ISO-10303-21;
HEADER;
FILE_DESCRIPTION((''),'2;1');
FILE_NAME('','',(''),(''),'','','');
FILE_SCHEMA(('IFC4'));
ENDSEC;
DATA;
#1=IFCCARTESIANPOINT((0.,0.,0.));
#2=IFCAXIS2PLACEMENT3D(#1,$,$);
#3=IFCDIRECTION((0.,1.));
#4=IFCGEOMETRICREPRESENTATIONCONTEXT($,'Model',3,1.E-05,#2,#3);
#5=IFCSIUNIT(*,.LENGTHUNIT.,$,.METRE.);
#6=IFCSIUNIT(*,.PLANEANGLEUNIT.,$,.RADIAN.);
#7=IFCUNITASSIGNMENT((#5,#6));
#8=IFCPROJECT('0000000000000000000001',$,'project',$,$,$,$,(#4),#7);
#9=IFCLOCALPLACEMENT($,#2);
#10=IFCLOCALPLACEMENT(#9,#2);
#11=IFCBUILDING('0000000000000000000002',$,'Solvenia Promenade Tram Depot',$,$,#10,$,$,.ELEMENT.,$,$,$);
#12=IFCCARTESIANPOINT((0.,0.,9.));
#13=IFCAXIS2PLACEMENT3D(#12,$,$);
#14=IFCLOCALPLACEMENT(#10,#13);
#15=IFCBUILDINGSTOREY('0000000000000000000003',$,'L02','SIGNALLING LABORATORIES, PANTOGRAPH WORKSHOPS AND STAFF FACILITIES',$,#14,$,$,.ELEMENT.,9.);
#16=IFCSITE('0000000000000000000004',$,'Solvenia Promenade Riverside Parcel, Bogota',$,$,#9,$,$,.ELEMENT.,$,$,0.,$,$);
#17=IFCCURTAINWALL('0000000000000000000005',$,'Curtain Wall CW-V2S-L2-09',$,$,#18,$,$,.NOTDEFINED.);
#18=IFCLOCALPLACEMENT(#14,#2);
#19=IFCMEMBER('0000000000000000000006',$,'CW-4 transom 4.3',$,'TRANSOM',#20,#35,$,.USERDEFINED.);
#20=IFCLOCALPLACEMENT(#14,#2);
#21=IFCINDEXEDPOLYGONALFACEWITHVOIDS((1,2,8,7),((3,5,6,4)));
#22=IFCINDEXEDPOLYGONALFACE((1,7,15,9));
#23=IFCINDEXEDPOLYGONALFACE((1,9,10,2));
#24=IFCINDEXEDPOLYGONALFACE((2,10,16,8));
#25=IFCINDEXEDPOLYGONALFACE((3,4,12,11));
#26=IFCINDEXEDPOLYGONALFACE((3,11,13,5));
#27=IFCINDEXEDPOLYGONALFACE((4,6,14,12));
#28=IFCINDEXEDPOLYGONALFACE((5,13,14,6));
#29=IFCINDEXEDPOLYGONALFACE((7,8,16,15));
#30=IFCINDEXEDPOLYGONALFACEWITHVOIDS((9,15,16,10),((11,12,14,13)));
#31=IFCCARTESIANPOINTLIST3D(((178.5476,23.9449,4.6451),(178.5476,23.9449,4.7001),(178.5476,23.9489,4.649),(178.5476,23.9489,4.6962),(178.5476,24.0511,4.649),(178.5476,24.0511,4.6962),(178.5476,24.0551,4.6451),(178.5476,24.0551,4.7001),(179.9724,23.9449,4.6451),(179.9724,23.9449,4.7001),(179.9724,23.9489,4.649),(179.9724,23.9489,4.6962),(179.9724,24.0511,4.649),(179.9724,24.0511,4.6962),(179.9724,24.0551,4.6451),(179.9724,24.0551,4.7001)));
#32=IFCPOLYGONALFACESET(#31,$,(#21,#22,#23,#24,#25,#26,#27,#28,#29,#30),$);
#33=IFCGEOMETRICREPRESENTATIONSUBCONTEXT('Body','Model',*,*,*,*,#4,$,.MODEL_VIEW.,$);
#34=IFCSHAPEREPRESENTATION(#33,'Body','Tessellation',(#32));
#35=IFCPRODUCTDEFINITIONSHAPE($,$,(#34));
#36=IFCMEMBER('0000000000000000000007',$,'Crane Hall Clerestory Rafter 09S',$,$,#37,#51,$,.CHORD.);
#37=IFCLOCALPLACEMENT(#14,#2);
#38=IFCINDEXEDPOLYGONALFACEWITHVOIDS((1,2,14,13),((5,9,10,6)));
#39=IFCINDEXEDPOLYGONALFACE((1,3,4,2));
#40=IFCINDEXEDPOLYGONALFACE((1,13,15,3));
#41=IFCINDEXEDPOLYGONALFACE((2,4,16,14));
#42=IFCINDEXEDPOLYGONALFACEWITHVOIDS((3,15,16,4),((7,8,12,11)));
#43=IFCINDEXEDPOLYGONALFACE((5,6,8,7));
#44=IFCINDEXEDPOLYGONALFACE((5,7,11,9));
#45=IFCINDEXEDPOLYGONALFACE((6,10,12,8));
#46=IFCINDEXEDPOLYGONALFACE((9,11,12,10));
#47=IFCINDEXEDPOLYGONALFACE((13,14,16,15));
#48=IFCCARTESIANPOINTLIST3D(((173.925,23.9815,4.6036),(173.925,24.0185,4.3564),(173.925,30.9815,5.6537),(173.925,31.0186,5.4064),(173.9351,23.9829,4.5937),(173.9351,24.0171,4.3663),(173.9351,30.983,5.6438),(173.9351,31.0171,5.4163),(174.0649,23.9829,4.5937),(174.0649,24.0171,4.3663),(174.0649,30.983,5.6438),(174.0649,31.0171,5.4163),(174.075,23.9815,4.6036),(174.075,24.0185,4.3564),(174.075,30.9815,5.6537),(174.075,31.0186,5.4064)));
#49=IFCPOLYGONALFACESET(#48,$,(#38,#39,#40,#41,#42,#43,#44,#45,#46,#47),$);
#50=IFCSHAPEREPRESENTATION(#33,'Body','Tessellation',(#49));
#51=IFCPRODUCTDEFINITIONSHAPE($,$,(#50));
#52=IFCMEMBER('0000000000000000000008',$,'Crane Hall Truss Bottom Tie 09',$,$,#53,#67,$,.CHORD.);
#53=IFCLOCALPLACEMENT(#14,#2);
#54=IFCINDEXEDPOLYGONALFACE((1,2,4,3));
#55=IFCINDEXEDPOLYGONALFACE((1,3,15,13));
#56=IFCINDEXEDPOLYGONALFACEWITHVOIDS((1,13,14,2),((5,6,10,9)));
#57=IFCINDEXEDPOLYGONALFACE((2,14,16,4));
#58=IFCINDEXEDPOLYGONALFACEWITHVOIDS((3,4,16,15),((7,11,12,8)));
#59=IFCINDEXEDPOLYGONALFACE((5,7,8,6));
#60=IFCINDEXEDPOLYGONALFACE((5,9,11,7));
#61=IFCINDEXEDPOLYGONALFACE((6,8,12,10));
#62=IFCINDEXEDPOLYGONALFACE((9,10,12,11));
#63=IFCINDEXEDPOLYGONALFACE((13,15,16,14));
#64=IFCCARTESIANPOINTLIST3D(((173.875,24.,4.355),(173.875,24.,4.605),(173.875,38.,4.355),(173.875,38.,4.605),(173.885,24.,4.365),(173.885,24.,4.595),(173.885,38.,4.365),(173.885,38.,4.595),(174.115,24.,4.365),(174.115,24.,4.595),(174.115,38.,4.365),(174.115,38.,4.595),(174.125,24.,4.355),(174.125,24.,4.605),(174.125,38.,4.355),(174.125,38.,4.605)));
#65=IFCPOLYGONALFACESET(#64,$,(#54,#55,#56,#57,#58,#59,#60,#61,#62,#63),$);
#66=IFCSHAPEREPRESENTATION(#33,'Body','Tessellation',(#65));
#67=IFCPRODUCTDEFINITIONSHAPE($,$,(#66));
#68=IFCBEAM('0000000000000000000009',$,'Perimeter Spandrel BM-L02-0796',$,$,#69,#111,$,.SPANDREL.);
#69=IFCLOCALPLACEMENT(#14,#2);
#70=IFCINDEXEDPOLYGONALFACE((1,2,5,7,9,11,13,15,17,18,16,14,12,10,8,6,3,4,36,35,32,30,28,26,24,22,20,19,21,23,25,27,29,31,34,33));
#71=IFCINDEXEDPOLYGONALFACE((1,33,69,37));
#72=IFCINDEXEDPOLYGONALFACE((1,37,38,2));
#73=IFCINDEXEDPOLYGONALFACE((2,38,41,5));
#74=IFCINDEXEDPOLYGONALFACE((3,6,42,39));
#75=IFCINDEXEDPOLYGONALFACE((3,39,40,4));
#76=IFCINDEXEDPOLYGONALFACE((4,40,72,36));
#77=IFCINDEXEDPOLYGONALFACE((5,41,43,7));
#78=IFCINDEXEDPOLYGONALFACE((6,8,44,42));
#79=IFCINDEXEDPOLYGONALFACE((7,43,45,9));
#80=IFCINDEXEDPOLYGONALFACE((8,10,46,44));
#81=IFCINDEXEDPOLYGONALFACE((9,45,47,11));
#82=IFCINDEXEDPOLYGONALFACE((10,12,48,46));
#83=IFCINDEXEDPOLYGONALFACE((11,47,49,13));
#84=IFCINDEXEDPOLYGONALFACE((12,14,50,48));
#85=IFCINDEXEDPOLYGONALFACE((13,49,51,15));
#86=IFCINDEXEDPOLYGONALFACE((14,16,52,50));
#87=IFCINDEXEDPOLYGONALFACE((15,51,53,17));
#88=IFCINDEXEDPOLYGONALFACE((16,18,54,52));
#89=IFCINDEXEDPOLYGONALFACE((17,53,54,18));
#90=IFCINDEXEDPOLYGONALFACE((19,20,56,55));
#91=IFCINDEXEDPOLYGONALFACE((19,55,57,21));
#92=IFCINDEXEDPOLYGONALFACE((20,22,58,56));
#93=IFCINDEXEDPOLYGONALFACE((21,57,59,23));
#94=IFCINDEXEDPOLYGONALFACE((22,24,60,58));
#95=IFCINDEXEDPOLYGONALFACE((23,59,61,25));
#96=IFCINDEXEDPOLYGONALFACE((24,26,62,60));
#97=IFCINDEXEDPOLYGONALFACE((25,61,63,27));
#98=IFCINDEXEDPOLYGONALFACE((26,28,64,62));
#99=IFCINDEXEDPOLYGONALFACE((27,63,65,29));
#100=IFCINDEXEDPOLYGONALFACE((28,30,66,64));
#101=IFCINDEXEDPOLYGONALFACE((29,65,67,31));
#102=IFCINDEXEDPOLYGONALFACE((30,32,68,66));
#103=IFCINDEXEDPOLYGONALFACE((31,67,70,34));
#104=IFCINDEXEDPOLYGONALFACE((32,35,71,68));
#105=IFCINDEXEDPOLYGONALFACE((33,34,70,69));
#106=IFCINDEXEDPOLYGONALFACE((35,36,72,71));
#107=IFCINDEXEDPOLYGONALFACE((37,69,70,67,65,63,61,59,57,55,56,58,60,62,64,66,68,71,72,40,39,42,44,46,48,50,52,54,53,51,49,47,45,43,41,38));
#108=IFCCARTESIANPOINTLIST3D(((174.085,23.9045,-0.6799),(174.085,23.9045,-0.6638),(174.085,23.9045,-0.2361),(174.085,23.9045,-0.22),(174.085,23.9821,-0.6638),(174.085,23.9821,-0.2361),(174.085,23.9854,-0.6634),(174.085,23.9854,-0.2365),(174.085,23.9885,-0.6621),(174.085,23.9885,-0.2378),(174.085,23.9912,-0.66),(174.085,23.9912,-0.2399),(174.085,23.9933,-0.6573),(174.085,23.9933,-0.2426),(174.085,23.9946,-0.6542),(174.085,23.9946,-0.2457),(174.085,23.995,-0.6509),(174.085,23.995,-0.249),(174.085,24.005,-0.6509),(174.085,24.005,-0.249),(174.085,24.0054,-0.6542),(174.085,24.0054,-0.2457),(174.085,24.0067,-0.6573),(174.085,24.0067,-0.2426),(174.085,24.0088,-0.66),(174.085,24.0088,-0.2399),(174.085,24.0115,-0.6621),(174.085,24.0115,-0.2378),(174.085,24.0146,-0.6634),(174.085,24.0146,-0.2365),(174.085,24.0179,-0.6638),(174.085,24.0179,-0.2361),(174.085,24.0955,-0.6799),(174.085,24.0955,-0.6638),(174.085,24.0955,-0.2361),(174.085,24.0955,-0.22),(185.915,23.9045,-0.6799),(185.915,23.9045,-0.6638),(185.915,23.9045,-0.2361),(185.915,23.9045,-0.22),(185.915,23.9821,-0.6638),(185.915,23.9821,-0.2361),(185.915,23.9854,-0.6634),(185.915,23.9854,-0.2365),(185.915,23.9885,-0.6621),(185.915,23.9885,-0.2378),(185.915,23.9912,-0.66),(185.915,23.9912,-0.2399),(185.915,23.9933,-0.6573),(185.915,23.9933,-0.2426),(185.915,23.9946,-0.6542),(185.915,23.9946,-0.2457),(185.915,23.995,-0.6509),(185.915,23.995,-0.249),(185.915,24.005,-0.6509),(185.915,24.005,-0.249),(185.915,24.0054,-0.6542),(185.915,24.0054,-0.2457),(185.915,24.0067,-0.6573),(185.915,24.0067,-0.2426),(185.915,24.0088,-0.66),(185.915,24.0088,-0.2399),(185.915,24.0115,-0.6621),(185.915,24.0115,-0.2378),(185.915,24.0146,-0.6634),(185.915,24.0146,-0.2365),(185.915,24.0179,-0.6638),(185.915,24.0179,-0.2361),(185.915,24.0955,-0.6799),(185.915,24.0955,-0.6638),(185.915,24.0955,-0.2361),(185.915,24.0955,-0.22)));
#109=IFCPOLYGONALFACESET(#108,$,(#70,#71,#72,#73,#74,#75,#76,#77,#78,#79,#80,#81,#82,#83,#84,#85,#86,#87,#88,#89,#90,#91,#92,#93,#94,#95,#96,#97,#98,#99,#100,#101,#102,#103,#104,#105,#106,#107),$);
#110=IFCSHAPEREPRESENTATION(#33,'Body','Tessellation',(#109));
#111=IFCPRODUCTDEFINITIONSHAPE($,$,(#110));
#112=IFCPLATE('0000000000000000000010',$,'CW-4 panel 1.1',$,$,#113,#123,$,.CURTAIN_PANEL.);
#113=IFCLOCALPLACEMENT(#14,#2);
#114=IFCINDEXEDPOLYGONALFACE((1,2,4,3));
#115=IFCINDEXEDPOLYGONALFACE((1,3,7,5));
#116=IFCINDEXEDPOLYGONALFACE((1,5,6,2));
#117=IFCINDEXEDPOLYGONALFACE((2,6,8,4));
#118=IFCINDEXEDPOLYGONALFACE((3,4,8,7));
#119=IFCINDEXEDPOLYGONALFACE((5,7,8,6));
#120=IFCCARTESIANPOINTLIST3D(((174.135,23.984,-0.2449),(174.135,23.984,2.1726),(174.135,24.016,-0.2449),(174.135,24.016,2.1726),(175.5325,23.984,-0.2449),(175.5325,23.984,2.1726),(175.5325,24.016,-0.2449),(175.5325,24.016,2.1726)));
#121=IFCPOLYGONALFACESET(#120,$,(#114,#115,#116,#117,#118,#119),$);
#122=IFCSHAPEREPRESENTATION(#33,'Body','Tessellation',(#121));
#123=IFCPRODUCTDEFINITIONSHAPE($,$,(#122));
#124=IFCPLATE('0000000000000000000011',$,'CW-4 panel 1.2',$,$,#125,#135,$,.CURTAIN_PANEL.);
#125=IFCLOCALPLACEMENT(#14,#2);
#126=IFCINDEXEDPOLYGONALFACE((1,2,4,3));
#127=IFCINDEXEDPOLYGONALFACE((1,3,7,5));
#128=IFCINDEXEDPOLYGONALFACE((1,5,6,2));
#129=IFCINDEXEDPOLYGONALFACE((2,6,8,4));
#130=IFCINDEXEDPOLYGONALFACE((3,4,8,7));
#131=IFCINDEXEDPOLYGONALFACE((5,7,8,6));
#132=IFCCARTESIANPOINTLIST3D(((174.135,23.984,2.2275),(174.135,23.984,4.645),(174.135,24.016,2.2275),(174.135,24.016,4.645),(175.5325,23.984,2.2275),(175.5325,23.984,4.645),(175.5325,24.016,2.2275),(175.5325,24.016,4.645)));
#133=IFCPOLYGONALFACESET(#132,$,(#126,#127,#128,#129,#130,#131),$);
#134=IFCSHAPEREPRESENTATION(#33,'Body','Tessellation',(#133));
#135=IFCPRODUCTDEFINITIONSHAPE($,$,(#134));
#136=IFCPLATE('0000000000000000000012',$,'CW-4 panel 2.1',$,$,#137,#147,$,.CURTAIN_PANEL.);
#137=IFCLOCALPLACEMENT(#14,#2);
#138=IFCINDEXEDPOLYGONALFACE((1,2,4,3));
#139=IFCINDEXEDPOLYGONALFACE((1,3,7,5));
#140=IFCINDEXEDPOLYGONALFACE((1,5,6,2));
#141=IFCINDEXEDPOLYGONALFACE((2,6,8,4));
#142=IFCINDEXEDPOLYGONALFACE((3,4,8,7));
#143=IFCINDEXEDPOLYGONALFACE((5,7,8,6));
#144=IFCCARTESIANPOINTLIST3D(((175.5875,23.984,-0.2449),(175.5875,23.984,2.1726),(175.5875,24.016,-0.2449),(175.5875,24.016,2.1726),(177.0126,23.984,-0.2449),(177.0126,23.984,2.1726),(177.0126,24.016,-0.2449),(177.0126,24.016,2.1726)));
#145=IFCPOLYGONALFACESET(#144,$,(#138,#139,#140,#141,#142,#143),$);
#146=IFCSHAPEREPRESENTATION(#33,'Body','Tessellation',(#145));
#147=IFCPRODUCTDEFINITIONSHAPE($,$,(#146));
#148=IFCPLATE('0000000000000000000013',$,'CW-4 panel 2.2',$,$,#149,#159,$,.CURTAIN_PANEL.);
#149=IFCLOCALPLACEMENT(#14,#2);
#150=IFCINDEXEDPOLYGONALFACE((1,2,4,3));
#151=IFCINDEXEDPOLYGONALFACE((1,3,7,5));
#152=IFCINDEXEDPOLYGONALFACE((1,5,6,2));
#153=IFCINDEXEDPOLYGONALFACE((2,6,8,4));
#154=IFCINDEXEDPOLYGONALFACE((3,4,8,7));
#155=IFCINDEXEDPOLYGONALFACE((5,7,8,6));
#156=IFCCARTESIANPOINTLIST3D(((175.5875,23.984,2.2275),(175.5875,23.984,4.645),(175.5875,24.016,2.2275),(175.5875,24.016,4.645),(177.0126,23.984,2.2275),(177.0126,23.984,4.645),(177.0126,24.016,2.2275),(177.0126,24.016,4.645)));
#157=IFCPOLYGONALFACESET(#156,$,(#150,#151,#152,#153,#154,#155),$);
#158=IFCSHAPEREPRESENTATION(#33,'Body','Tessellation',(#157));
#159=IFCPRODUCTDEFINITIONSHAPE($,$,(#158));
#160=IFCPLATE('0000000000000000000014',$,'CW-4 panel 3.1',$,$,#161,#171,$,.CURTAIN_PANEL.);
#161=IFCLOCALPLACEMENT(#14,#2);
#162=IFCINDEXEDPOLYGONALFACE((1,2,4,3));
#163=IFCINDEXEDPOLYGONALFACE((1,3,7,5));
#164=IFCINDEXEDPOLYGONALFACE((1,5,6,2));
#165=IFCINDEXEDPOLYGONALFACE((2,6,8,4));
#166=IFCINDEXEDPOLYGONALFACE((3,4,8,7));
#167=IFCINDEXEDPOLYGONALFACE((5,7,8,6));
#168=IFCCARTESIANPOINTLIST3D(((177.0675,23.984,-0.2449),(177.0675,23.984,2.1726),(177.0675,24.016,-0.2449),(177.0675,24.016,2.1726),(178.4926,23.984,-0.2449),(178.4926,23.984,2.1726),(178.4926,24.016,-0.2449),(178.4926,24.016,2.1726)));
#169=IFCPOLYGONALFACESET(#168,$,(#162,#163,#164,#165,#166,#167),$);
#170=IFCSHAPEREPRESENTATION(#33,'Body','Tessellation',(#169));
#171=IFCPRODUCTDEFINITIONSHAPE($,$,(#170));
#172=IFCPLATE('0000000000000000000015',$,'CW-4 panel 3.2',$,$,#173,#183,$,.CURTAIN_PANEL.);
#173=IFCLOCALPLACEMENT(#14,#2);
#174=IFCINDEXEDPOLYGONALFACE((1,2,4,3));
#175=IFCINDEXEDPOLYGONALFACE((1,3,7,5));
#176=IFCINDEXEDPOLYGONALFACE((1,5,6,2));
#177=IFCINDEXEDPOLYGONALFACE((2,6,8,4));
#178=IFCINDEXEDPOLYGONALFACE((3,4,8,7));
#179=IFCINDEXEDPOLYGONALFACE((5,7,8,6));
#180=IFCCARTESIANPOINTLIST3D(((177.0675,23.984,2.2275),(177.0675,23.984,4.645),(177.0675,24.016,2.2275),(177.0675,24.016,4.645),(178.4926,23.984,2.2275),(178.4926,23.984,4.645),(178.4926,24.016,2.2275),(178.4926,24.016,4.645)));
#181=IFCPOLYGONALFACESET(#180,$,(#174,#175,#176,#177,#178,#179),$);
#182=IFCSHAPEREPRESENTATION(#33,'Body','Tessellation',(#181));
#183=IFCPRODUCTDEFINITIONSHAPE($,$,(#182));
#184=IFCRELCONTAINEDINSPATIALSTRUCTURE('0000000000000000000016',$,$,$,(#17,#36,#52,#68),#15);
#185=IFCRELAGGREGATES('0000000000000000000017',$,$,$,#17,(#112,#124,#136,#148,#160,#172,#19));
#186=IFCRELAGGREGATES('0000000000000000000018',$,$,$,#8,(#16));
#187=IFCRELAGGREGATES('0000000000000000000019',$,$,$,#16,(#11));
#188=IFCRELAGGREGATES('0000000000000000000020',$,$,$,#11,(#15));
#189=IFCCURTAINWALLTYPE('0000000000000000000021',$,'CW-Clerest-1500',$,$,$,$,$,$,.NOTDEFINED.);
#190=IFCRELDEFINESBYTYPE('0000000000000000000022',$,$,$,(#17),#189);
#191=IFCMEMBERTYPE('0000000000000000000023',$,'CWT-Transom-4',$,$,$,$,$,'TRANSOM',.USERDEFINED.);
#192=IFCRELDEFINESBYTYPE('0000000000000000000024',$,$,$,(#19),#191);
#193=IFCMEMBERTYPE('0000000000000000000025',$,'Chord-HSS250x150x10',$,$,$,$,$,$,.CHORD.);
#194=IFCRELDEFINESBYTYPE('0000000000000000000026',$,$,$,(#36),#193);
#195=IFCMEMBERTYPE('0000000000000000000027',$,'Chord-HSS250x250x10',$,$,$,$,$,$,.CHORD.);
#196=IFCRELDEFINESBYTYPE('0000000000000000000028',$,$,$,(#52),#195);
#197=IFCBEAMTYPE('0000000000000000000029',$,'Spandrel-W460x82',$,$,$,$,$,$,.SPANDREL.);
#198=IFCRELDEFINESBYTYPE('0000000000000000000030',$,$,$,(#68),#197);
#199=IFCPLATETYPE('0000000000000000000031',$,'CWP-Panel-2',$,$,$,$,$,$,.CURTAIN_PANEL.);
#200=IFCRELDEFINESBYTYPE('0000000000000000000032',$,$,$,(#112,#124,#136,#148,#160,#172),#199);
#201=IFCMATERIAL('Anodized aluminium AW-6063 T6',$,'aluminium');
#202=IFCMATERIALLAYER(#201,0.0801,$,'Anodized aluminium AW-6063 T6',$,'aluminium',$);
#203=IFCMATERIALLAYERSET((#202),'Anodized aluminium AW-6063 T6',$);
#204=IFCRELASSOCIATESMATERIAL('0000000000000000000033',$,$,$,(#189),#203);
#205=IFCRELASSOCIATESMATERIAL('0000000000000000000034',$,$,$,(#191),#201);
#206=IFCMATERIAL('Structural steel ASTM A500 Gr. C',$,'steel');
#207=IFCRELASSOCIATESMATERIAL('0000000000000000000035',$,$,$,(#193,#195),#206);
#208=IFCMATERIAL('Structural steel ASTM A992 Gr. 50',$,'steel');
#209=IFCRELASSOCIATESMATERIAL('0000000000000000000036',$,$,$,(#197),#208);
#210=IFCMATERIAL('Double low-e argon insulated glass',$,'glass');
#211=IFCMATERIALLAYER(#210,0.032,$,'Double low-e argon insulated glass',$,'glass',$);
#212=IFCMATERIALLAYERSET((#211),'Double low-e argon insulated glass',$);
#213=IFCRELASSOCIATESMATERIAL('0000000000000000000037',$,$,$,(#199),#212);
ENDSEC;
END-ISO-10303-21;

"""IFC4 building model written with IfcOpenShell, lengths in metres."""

from ifc_helpers import new_model, si_unit, direction, frame, origin, origin_2d, place, context, subcontext, project, spatial, rectangle, hollow_rectangle, i_section, extrude, material, layer, layer_set, material_profile, profile_set, type_object, element, aggregate, save


model = new_model("IFC4")

# Units and contexts
model_context = context("Model", 3, precision=1e-05, world=origin(), true_north=direction((0.0, 1.0)))
body_context = subcontext(model_context, "Body", "Model", "MODEL_VIEW")
ifc_project = project(units=[si_unit("LENGTHUNIT", "METRE"), si_unit("PLANEANGLEUNIT", "RADIAN")], contexts=[model_context])

# Site, building, storey
site_placement = place(None, origin())
site = spatial("IfcSite", under=ifc_project, at=site_placement, Name="Solvenia Promenade Riverside Parcel, Bogota", CompositionType="ELEMENT", RefElevation=0.0)
building_placement = place(site_placement, origin())
building = spatial("IfcBuilding", under=site, at=building_placement, Name="Solvenia Promenade Tram Depot", CompositionType="ELEMENT")
storey_placement = place(building_placement, frame((0.0, 0.0, 9.0)))
storey = spatial("IfcBuildingStorey", under=building, at=storey_placement, Name="L02", Description="SIGNALLING LABORATORIES, PANTOGRAPH WORKSHOPS AND STAFF FACILITIES", CompositionType="ELEMENT", Elevation=9.0)

# Shared definitions
ifc_material_1 = material(Name="Structural steel ASTM A992 Gr. 50", Category="steel")

# Shared definitions
ifc_material_2 = material(Name="Structural steel ASTM A500 Gr. C", Category="steel")

# Shared definitions
ifc_material_3 = material(Name="Anodized aluminium AW-6063 T6", Category="aluminium")
ifc_layer_1 = layer(ifc_material_3, 0.0801, Name="Anodized aluminium AW-6063 T6", Category="aluminium")
ifc_layer_set_1 = layer_set([ifc_layer_1], Name="Anodized aluminium AW-6063 T6")
curtain_wall_type = type_object("IfcCurtainWallType", Name="CW-Clerest-1500", PredefinedType="NOTDEFINED", material=ifc_layer_set_1)

# Curtain wall, member
curtain_wall_1_placement = place(storey_placement, origin())
curtain_wall_1 = element("IfcCurtainWall", 1, at=curtain_wall_1_placement, inside=storey, type_object=curtain_wall_type, Name="Curtain Wall CW-V2S-L2-09", PredefinedType="NOTDEFINED")
ifc_material_profile_1 = material_profile(ifc_material_3, hollow_rectangle(XDim=0.1101, YDim=0.0549, WallThickness=0.0039, at=origin_2d()), Name="ALU-T4", Category="aluminium")
ifc_profile_set_1 = profile_set([ifc_material_profile_1], Name="Anodized aluminium AW-6063 T6")
member_type_1 = type_object("IfcMemberType", Name="CWT-Transom-4", ElementType="TRANSOM", PredefinedType="USERDEFINED", material=ifc_profile_set_1)
member_1_placement = place(storey_placement, frame((178.5476, 24.0, 4.6726), z_axis=(1.0, 0.0, 0.0), x_axis=(0.0, 1.0, 0.0)))
member_1 = element("IfcMember", 2, at=member_1_placement, type_object=member_type_1, Name="CW-4 transom 4.3", ObjectType="TRANSOM", PredefinedType="USERDEFINED", context=body_context, shape_type="SweptSolid", body=[
    extrude(hollow_rectangle(XDim=0.1101, YDim=0.0549, WallThickness=0.0039, at=origin_2d()), origin(), (0.0, 0.0, 1.0), 1.4248),
])

# Members
ifc_material_profile_2 = material_profile(ifc_material_2, hollow_rectangle(XDim=0.1499, YDim=0.25, WallThickness=0.01, at=origin_2d()), Name="HSS250x150x10", Category="steel")
ifc_profile_set_2 = profile_set([ifc_material_profile_2], Name="Structural steel ASTM A500 Gr. C")
member_type_2 = type_object("IfcMemberType", Name="Chord-HSS250x150x10", PredefinedType="CHORD", material=ifc_profile_set_2)
member_2_placement = place(storey_placement, frame((174.0, 24.0, 4.48), z_axis=(0.0, 0.988935, 0.148347), x_axis=(-1.0, 0.0, 0.0)))
element("IfcMember", 3, at=member_2_placement, inside=storey, type_object=member_type_2, Name="Crane Hall Clerestory Rafter 09S", PredefinedType="CHORD", context=body_context, shape_type="SweptSolid", body=[
    extrude(hollow_rectangle(XDim=0.1499, YDim=0.25, WallThickness=0.01, at=origin_2d()), origin(), (0.0, 0.0, 1.0), 7.0784),
])
ifc_material_profile_3 = material_profile(ifc_material_2, hollow_rectangle(XDim=0.25, YDim=0.25, WallThickness=0.01, at=origin_2d()), Name="HSS250x250x10", Category="steel")
ifc_profile_set_3 = profile_set([ifc_material_profile_3], Name="Structural steel ASTM A500 Gr. C")
member_type_3 = type_object("IfcMemberType", Name="Chord-HSS250x250x10", PredefinedType="CHORD", material=ifc_profile_set_3)
member_3_placement = place(storey_placement, frame((174.0, 24.0, 4.48), z_axis=(0.0, 1.0, 0.0), x_axis=(-1.0, 0.0, 0.0)))
element("IfcMember", 4, at=member_3_placement, inside=storey, type_object=member_type_3, Name="Crane Hall Truss Bottom Tie 09", PredefinedType="CHORD", context=body_context, shape_type="SweptSolid", body=[
    extrude(hollow_rectangle(XDim=0.25, YDim=0.25, WallThickness=0.01, at=origin_2d()), origin(), (0.0, 0.0, 1.0), 14.0),
])

# Beam
ifc_material_profile_4 = material_profile(ifc_material_1, i_section(OverallWidth=0.1909, OverallDepth=0.46, WebThickness=0.01, FlangeThickness=0.0161, FilletRadius=0.0129, at=origin_2d()), Name="W460x82", Category="steel")
ifc_profile_set_4 = profile_set([ifc_material_profile_4], Name="Structural steel ASTM A992 Gr. 50")
beam_type = type_object("IfcBeamType", Name="Spandrel-W460x82", PredefinedType="SPANDREL", material=ifc_profile_set_4)
beam_placement = place(storey_placement, frame((174.085, 24.0, -0.45), z_axis=(1.0, 0.0, 0.0), x_axis=(0.0, 1.0, 0.0)))
element("IfcBeam", 5, at=beam_placement, inside=storey, type_object=beam_type, Name="Perimeter Spandrel BM-L02-0796", PredefinedType="SPANDREL", context=body_context, shape_type="SweptSolid", body=[
    extrude(i_section(OverallWidth=0.1909, OverallDepth=0.46, WebThickness=0.01, FlangeThickness=0.0161, FilletRadius=0.0129, at=origin_2d()), origin(), (0.0, 0.0, 1.0), 11.8301),
])

# Plates
ifc_material_4 = material(Name="Double low-e argon insulated glass", Category="glass")
ifc_layer_2 = layer(ifc_material_4, 0.032, Name="Double low-e argon insulated glass", Category="glass")
ifc_layer_set_2 = layer_set([ifc_layer_2], Name="Double low-e argon insulated glass")
plate_type_1 = type_object("IfcPlateType", Name="CWP-Panel-2", PredefinedType="CURTAIN_PANEL", material=ifc_layer_set_2)
plate_1_placement = place(storey_placement, frame((174.8337, 24.0, -0.2449), z_axis=(0.0, 0.0, 1.0), x_axis=(1.0, 0.0, 0.0)))
plate_1 = element("IfcPlate", 6, at=plate_1_placement, type_object=plate_type_1, Name="CW-4 panel 1.1", PredefinedType="CURTAIN_PANEL", context=body_context, shape_type="SweptSolid", body=[
    extrude(rectangle(XDim=1.3975, YDim=0.032, at=origin_2d()), origin(), (0.0, 0.0, 1.0), 2.4175),
])
plate_2_placement = place(storey_placement, frame((174.8337, 24.0, 2.2275), z_axis=(0.0, 0.0, 1.0), x_axis=(1.0, 0.0, 0.0)))
plate_2 = element("IfcPlate", 7, at=plate_2_placement, type_object=plate_type_1, Name="CW-4 panel 1.2", PredefinedType="CURTAIN_PANEL", context=body_context, shape_type="SweptSolid", body=[
    extrude(rectangle(XDim=1.3975, YDim=0.032, at=origin_2d()), origin(), (0.0, 0.0, 1.0), 2.4175),
])
plate_3_placement = place(storey_placement, frame((176.3, 24.0, -0.2449), z_axis=(0.0, 0.0, 1.0), x_axis=(1.0, 0.0, 0.0)))
plate_3 = element("IfcPlate", 8, at=plate_3_placement, type_object=plate_type_1, Name="CW-4 panel 2.1", PredefinedType="CURTAIN_PANEL", context=body_context, shape_type="SweptSolid", body=[
    extrude(rectangle(XDim=1.425, YDim=0.032, at=origin_2d()), origin(), (0.0, 0.0, 1.0), 2.4175),
])
plate_4_placement = place(storey_placement, frame((176.3, 24.0, 2.2275), z_axis=(0.0, 0.0, 1.0), x_axis=(1.0, 0.0, 0.0)))
plate_4 = element("IfcPlate", 9, at=plate_4_placement, type_object=plate_type_1, Name="CW-4 panel 2.2", PredefinedType="CURTAIN_PANEL", context=body_context, shape_type="SweptSolid", body=[
    extrude(rectangle(XDim=1.425, YDim=0.032, at=origin_2d()), origin(), (0.0, 0.0, 1.0), 2.4175),
])
plate_5_placement = place(storey_placement, frame((177.78, 24.0, -0.2449), z_axis=(0.0, 0.0, 1.0), x_axis=(1.0, 0.0, 0.0)))
plate_5 = element("IfcPlate", 10, at=plate_5_placement, type_object=plate_type_1, Name="CW-4 panel 3.1", PredefinedType="CURTAIN_PANEL", context=body_context, shape_type="SweptSolid", body=[
    extrude(rectangle(XDim=1.425, YDim=0.032, at=origin_2d()), origin(), (0.0, 0.0, 1.0), 2.4175),
])
plate_6_placement = place(storey_placement, frame((177.78, 24.0, 2.2275), z_axis=(0.0, 0.0, 1.0), x_axis=(1.0, 0.0, 0.0)))
plate_6 = element("IfcPlate", 11, at=plate_6_placement, type_object=plate_type_1, Name="CW-4 panel 3.2", PredefinedType="CURTAIN_PANEL", context=body_context, shape_type="SweptSolid", body=[
    extrude(rectangle(XDim=1.425, YDim=0.032, at=origin_2d()), origin(), (0.0, 0.0, 1.0), 2.4175),
])
aggregate(curtain_wall_1, [plate_1, plate_2, plate_3, plate_4, plate_5, plate_6, member_1])

save(model, "model.ifc")
